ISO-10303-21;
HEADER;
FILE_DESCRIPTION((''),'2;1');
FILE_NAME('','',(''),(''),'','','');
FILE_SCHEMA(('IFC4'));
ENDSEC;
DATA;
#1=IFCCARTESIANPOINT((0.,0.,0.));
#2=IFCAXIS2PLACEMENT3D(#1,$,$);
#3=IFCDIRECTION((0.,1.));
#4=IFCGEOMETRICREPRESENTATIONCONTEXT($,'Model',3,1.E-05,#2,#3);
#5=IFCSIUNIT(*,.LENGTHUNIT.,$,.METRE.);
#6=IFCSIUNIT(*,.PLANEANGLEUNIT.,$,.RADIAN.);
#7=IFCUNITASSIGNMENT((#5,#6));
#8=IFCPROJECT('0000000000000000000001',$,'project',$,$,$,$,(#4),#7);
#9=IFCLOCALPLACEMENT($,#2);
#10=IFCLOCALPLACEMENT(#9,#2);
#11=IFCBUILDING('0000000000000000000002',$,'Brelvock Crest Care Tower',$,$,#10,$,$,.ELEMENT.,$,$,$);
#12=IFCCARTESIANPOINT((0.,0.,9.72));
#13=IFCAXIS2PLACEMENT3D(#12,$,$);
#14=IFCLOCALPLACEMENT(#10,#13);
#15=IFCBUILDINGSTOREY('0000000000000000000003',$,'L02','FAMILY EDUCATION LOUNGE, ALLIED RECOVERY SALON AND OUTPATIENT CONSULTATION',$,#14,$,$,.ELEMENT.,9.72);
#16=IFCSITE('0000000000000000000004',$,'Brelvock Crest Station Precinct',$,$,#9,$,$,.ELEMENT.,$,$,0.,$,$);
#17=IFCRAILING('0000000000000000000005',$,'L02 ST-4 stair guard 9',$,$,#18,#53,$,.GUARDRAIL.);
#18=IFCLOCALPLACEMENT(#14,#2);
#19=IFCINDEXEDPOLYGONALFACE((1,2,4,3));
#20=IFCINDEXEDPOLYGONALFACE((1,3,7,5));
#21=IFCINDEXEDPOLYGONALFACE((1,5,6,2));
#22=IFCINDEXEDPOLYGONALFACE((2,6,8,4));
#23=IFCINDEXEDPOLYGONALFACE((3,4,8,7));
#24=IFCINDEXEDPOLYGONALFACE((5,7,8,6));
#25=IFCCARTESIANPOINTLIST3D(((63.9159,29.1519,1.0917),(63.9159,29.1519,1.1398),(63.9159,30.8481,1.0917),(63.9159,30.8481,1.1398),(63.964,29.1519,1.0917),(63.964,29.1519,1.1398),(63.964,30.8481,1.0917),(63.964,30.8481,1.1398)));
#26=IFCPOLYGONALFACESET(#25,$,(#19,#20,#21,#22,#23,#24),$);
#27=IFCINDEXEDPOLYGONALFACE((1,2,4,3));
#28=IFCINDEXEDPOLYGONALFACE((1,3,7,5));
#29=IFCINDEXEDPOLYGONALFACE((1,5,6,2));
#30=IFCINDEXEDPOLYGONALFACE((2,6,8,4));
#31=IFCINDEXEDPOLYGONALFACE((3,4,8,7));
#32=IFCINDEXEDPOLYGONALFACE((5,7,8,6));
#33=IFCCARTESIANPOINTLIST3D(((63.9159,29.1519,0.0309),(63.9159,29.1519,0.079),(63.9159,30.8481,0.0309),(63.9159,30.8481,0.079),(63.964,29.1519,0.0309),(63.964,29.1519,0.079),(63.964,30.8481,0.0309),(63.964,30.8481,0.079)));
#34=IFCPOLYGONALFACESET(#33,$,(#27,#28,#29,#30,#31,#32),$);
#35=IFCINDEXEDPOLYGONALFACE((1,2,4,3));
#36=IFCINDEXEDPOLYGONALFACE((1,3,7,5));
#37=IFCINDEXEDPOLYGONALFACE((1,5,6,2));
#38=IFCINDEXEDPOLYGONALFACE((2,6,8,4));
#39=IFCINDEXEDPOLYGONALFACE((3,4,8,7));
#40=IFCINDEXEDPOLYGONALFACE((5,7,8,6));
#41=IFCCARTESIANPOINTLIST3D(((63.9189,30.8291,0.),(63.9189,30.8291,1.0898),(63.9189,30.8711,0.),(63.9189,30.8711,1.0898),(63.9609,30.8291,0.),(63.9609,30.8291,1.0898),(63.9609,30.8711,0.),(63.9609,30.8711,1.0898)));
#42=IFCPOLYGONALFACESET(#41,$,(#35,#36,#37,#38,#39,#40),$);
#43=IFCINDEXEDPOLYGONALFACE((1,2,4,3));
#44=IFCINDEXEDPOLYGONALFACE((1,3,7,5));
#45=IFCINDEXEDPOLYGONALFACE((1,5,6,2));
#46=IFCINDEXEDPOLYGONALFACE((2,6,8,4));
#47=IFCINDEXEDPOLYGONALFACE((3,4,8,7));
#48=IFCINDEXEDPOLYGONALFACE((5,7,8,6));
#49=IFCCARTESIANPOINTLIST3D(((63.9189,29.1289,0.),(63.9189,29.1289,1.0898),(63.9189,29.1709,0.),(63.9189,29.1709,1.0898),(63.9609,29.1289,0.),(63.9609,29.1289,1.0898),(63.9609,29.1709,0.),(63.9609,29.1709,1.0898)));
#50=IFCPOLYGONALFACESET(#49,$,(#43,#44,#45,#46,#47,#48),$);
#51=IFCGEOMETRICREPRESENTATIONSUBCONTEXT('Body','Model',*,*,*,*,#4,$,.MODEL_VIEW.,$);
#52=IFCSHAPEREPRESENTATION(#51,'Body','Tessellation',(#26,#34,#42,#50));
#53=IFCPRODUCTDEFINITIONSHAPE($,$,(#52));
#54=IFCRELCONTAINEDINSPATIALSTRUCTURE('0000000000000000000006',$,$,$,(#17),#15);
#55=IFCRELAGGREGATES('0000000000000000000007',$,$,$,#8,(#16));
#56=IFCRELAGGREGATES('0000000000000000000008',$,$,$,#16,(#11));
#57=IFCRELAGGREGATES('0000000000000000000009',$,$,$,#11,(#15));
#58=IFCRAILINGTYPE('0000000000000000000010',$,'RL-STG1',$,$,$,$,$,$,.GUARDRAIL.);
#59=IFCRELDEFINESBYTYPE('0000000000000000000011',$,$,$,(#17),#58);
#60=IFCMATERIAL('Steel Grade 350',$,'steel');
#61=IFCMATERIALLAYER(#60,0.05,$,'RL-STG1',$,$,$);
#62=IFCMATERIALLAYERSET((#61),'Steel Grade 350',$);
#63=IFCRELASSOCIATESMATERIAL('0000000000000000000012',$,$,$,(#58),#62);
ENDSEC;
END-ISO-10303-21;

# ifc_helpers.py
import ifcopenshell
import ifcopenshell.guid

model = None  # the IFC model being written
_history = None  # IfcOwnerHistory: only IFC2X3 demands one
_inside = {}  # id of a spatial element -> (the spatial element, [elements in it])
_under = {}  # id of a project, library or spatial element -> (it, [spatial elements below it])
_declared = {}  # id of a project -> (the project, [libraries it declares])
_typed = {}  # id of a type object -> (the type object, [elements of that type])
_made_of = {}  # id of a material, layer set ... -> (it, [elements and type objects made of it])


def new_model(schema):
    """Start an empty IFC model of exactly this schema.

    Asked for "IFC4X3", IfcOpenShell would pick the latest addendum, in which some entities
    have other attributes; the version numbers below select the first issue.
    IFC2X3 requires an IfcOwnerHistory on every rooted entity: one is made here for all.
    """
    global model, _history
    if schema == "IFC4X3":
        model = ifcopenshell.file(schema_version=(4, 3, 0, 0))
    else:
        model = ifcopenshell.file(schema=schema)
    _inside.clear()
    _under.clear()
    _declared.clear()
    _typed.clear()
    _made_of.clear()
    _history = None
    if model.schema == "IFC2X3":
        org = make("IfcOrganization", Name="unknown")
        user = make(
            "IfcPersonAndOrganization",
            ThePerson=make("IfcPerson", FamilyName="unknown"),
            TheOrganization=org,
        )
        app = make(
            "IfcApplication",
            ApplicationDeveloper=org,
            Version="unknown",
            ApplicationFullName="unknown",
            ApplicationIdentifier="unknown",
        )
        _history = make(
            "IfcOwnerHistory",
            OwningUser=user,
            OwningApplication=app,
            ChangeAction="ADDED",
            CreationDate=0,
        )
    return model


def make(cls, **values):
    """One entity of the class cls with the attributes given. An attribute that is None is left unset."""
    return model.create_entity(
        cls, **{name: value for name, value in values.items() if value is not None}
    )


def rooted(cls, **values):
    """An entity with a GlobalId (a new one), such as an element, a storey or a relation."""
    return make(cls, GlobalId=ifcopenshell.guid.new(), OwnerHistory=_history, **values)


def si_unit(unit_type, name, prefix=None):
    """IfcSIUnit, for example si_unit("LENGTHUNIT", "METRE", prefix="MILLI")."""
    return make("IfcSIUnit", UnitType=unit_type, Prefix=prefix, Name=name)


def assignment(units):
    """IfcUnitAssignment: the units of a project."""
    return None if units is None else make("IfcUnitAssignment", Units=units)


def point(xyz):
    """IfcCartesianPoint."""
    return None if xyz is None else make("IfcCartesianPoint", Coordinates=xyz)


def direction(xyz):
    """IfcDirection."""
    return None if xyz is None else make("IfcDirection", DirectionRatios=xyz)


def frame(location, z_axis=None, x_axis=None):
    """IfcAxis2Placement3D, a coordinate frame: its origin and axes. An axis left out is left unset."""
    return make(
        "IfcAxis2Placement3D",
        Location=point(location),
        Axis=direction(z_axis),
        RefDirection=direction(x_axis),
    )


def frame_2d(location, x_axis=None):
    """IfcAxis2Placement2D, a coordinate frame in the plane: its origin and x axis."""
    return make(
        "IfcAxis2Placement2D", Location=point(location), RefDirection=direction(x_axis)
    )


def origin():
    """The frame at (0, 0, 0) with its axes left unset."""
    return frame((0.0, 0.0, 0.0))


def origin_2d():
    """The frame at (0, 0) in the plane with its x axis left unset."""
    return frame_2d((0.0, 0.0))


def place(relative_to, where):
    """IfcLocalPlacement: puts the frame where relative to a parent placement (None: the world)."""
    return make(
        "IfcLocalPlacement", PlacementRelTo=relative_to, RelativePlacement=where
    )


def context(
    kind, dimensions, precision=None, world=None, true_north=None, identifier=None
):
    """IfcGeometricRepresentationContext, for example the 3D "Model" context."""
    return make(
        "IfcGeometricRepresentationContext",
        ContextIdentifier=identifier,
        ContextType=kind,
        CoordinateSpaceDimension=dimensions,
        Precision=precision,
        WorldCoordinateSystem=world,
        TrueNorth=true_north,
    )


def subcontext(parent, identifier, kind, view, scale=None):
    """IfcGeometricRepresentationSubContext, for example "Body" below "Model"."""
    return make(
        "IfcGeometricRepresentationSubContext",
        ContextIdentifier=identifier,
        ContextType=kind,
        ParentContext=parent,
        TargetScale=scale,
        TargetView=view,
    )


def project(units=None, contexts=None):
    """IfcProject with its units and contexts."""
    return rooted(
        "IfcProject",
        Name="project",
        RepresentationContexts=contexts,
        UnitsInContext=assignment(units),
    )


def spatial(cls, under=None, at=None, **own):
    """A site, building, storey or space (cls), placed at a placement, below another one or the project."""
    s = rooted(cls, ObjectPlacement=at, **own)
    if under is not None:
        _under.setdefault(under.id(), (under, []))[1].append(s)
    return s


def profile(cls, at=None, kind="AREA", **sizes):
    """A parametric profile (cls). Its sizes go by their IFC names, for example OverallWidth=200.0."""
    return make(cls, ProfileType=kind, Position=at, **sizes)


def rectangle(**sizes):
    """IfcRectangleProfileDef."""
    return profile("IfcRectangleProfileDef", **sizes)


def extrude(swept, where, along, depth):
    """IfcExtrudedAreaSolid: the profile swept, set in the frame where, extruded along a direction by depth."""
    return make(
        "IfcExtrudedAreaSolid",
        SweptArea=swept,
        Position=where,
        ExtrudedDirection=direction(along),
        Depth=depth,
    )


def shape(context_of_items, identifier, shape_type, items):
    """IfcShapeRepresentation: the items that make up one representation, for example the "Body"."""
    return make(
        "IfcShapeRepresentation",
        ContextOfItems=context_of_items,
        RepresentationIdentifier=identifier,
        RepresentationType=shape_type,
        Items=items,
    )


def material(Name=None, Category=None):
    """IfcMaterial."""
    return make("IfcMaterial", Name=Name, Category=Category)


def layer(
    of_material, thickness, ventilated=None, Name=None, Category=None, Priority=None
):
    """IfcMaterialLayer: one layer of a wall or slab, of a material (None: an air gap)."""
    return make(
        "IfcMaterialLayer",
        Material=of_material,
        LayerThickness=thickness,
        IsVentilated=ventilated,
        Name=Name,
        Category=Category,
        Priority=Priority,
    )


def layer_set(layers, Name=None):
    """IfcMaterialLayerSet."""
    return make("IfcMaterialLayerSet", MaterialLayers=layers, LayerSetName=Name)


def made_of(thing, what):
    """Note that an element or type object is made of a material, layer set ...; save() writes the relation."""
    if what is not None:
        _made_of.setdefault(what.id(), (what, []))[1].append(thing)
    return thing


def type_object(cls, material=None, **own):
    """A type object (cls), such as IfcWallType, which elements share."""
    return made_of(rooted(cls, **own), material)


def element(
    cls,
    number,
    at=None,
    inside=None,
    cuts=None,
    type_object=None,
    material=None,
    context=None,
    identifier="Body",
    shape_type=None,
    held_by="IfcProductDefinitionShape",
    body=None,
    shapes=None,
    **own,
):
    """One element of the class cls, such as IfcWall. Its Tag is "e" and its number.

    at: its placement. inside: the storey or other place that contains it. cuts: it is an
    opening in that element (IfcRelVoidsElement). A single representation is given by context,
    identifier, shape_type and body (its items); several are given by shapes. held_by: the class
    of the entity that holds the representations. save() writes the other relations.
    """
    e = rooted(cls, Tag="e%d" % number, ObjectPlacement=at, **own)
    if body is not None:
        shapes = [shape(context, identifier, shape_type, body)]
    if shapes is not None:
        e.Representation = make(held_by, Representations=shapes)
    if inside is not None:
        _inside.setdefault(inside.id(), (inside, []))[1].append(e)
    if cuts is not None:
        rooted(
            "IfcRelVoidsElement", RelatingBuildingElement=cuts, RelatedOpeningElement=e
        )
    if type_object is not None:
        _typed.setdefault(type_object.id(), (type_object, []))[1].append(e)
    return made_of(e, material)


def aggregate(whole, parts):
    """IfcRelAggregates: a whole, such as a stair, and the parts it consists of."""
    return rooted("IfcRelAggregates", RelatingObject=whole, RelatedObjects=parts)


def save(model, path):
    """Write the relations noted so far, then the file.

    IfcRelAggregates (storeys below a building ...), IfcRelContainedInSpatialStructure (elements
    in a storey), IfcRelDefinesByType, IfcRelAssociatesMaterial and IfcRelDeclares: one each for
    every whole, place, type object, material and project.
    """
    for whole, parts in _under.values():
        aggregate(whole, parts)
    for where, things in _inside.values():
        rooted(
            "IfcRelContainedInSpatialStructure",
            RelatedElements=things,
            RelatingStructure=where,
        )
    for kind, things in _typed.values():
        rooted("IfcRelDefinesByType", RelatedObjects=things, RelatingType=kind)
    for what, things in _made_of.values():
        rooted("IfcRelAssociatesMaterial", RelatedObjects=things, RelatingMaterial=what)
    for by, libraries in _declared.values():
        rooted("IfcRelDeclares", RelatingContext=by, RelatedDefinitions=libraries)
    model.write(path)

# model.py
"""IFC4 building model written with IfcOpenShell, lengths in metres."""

from ifc_helpers import new_model, si_unit, direction, frame, origin, origin_2d, place, context, subcontext, project, spatial, rectangle, extrude, material, layer, layer_set, type_object, element, save


model = new_model("IFC4")

# Units and contexts
model_context = context("Model", 3, precision=1e-05, world=origin(), true_north=direction((0.0, 1.0)))
body_context = subcontext(model_context, "Body", "Model", "MODEL_VIEW")
ifc_project = project(units=[si_unit("LENGTHUNIT", "METRE"), si_unit("PLANEANGLEUNIT", "RADIAN")], contexts=[model_context])

# Site, building, storey
site_placement = place(None, origin())
site = spatial("IfcSite", under=ifc_project, at=site_placement, Name="Brelvock Crest Station Precinct", CompositionType="ELEMENT", RefElevation=0.0)
building_placement = place(site_placement, origin())
building = spatial("IfcBuilding", under=site, at=building_placement, Name="Brelvock Crest Care Tower", CompositionType="ELEMENT")
storey_placement = place(building_placement, frame((0.0, 0.0, 9.72)))
storey = spatial("IfcBuildingStorey", under=building, at=storey_placement, Name="L02", Description="FAMILY EDUCATION LOUNGE, ALLIED RECOVERY SALON AND OUTPATIENT CONSULTATION", CompositionType="ELEMENT", Elevation=9.72)

# Shared definitions
ifc_material_1 = material(Name="Steel Grade 350", Category="steel")

# Railing
ifc_layer_1 = layer(ifc_material_1, 0.05, Name="RL-STG1")
ifc_layer_set_1 = layer_set([ifc_layer_1], Name="Steel Grade 350")
railing_type = type_object("IfcRailingType", Name="RL-STG1", PredefinedType="GUARDRAIL", material=ifc_layer_set_1)
for number, where, name in (
    (1, (63.9399, 30.8501, 0.0), "L02 ST-4 stair guard 9"),
):
    element("IfcRailing", number, at=place(storey_placement, frame(where)), inside=storey, type_object=railing_type, Name=name, PredefinedType="GUARDRAIL", context=body_context, shape_type="SweptSolid", body=[
        extrude(rectangle(XDim=0.0481, YDim=0.0481, at=origin_2d()), frame((0.0, -0.002, 1.1157), z_axis=(0.0, -1.0, 0.0), x_axis=(1.0, 0.0, 0.0)), (0.0, 0.0, 1.0), 1.6963),
        extrude(rectangle(XDim=0.0481, YDim=0.0481, at=origin_2d()), frame((0.0, -0.002, 0.0549), z_axis=(0.0, -1.0, 0.0), x_axis=(1.0, 0.0, 0.0)), (0.0, 0.0, 1.0), 1.6963),
        extrude(rectangle(XDim=0.042, YDim=0.042, at=origin_2d()), origin(), (0.0, 0.0, 1.0), 1.0898),
        extrude(rectangle(XDim=0.042, YDim=0.042, at=origin_2d()), frame((0.0, -1.7002, 0.0)), (0.0, 0.0, 1.0), 1.0898),
    ])

save(model, "model.ifc")
